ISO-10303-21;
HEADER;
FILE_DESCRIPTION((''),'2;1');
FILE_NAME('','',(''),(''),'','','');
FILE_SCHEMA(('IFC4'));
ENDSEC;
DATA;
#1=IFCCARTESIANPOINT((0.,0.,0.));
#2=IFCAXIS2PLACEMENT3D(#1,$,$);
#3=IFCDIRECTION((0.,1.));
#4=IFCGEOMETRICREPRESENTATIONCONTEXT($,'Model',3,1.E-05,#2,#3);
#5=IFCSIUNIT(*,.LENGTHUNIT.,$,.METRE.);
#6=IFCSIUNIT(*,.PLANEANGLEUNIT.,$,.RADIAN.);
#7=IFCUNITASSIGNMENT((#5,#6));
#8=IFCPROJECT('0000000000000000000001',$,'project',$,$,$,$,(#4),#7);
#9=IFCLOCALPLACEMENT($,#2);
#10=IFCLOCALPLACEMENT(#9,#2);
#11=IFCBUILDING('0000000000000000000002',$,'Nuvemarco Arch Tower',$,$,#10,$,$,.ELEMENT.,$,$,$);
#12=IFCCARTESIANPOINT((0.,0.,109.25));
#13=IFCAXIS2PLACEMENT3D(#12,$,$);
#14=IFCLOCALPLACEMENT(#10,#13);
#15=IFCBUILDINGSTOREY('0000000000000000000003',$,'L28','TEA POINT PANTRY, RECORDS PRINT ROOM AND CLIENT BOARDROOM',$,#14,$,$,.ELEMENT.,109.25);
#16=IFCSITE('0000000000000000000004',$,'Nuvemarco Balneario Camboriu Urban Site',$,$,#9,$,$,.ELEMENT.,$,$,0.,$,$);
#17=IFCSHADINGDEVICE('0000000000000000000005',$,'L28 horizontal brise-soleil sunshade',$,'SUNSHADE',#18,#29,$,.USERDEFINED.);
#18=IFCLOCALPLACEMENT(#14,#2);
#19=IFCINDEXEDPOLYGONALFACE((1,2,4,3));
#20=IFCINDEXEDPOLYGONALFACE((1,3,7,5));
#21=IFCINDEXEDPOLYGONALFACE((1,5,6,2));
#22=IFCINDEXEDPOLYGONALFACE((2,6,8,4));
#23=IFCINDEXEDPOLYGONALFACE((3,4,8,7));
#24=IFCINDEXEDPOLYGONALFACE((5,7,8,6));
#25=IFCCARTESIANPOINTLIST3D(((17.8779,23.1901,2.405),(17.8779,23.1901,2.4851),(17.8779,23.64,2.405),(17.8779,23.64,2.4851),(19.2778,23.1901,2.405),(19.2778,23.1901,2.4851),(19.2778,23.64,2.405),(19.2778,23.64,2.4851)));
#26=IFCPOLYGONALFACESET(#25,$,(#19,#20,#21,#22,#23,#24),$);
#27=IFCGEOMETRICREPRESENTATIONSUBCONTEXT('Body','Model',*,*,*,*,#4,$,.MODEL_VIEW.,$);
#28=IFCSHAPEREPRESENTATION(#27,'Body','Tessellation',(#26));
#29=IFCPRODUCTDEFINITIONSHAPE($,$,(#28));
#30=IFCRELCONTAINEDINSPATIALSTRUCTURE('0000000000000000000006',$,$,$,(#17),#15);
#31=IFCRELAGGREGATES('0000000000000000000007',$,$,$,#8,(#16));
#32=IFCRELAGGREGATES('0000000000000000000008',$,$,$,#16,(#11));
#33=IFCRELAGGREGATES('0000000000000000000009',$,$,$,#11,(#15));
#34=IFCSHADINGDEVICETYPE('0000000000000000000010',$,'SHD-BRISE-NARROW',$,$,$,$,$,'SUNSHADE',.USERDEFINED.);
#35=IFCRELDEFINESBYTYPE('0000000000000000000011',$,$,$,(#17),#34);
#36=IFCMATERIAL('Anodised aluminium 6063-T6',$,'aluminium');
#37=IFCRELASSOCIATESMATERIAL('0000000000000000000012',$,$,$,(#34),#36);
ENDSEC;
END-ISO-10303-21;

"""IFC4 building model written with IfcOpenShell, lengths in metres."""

from ifc_helpers import new_model, si_unit, direction, frame, origin, origin_2d, place, context, subcontext, project, spatial, rectangle, extrude, source, transform, mapped, material, type_object, type_shapes, element, save


model = new_model("IFC4")

# Units and contexts
model_context = context("Model", 3, precision=1e-05, world=origin(), true_north=direction((0.0, 1.0)))
body_context = subcontext(model_context, "Body", "Model", "MODEL_VIEW")
ifc_project = project(units=[si_unit("LENGTHUNIT", "METRE"), si_unit("PLANEANGLEUNIT", "RADIAN")], contexts=[model_context])

# Site, building, storey
site_placement = place(None, origin())
site = spatial("IfcSite", under=ifc_project, at=site_placement, Name="Nuvemarco Balneario Camboriu Urban Site", CompositionType="ELEMENT", RefElevation=0.0)
building_placement = place(site_placement, origin())
building = spatial("IfcBuilding", under=site, at=building_placement, Name="Nuvemarco Arch Tower", CompositionType="ELEMENT")
storey_placement = place(building_placement, frame((0.0, 0.0, 109.25)))
storey = spatial("IfcBuildingStorey", under=building, at=storey_placement, Name="L28", Description="TEA POINT PANTRY, RECORDS PRINT ROOM AND CLIENT BOARDROOM", CompositionType="ELEMENT", Elevation=109.25)

# Shading device
ifc_material_1 = material(Name="Anodised aluminium 6063-T6", Category="aluminium")
shading_device_type_1 = type_object("IfcShadingDeviceType", Name="SHD-BRISE-NARROW", ElementType="SUNSHADE", PredefinedType="USERDEFINED", material=ifc_material_1)
shared_shape_1 = source(origin(), body_context, "Body", "SweptSolid", [
    extrude(rectangle(XDim=1.3999, YDim=0.45, at=origin_2d()), origin(), (0.0, 0.0, 1.0), 0.0801),
])
type_shapes(shading_device_type_1, [shared_shape_1])
shading_device_1_placement = place(storey_placement, frame((18.5779, 23.415, 2.405), z_axis=(0.0, 0.0, 1.0), x_axis=(1.0, 0.0, 0.0)))
element("IfcShadingDevice", 1, at=shading_device_1_placement, inside=storey, type_object=shading_device_type_1, Name="L28 horizontal brise-soleil sunshade", ObjectType="SUNSHADE", PredefinedType="USERDEFINED", context=body_context, shape_type="MappedRepresentation", body=[
    mapped(shared_shape_1, transform((0.0, 0.0, 0.0), scale=1.0)),
])

save(model, "model.ifc")
